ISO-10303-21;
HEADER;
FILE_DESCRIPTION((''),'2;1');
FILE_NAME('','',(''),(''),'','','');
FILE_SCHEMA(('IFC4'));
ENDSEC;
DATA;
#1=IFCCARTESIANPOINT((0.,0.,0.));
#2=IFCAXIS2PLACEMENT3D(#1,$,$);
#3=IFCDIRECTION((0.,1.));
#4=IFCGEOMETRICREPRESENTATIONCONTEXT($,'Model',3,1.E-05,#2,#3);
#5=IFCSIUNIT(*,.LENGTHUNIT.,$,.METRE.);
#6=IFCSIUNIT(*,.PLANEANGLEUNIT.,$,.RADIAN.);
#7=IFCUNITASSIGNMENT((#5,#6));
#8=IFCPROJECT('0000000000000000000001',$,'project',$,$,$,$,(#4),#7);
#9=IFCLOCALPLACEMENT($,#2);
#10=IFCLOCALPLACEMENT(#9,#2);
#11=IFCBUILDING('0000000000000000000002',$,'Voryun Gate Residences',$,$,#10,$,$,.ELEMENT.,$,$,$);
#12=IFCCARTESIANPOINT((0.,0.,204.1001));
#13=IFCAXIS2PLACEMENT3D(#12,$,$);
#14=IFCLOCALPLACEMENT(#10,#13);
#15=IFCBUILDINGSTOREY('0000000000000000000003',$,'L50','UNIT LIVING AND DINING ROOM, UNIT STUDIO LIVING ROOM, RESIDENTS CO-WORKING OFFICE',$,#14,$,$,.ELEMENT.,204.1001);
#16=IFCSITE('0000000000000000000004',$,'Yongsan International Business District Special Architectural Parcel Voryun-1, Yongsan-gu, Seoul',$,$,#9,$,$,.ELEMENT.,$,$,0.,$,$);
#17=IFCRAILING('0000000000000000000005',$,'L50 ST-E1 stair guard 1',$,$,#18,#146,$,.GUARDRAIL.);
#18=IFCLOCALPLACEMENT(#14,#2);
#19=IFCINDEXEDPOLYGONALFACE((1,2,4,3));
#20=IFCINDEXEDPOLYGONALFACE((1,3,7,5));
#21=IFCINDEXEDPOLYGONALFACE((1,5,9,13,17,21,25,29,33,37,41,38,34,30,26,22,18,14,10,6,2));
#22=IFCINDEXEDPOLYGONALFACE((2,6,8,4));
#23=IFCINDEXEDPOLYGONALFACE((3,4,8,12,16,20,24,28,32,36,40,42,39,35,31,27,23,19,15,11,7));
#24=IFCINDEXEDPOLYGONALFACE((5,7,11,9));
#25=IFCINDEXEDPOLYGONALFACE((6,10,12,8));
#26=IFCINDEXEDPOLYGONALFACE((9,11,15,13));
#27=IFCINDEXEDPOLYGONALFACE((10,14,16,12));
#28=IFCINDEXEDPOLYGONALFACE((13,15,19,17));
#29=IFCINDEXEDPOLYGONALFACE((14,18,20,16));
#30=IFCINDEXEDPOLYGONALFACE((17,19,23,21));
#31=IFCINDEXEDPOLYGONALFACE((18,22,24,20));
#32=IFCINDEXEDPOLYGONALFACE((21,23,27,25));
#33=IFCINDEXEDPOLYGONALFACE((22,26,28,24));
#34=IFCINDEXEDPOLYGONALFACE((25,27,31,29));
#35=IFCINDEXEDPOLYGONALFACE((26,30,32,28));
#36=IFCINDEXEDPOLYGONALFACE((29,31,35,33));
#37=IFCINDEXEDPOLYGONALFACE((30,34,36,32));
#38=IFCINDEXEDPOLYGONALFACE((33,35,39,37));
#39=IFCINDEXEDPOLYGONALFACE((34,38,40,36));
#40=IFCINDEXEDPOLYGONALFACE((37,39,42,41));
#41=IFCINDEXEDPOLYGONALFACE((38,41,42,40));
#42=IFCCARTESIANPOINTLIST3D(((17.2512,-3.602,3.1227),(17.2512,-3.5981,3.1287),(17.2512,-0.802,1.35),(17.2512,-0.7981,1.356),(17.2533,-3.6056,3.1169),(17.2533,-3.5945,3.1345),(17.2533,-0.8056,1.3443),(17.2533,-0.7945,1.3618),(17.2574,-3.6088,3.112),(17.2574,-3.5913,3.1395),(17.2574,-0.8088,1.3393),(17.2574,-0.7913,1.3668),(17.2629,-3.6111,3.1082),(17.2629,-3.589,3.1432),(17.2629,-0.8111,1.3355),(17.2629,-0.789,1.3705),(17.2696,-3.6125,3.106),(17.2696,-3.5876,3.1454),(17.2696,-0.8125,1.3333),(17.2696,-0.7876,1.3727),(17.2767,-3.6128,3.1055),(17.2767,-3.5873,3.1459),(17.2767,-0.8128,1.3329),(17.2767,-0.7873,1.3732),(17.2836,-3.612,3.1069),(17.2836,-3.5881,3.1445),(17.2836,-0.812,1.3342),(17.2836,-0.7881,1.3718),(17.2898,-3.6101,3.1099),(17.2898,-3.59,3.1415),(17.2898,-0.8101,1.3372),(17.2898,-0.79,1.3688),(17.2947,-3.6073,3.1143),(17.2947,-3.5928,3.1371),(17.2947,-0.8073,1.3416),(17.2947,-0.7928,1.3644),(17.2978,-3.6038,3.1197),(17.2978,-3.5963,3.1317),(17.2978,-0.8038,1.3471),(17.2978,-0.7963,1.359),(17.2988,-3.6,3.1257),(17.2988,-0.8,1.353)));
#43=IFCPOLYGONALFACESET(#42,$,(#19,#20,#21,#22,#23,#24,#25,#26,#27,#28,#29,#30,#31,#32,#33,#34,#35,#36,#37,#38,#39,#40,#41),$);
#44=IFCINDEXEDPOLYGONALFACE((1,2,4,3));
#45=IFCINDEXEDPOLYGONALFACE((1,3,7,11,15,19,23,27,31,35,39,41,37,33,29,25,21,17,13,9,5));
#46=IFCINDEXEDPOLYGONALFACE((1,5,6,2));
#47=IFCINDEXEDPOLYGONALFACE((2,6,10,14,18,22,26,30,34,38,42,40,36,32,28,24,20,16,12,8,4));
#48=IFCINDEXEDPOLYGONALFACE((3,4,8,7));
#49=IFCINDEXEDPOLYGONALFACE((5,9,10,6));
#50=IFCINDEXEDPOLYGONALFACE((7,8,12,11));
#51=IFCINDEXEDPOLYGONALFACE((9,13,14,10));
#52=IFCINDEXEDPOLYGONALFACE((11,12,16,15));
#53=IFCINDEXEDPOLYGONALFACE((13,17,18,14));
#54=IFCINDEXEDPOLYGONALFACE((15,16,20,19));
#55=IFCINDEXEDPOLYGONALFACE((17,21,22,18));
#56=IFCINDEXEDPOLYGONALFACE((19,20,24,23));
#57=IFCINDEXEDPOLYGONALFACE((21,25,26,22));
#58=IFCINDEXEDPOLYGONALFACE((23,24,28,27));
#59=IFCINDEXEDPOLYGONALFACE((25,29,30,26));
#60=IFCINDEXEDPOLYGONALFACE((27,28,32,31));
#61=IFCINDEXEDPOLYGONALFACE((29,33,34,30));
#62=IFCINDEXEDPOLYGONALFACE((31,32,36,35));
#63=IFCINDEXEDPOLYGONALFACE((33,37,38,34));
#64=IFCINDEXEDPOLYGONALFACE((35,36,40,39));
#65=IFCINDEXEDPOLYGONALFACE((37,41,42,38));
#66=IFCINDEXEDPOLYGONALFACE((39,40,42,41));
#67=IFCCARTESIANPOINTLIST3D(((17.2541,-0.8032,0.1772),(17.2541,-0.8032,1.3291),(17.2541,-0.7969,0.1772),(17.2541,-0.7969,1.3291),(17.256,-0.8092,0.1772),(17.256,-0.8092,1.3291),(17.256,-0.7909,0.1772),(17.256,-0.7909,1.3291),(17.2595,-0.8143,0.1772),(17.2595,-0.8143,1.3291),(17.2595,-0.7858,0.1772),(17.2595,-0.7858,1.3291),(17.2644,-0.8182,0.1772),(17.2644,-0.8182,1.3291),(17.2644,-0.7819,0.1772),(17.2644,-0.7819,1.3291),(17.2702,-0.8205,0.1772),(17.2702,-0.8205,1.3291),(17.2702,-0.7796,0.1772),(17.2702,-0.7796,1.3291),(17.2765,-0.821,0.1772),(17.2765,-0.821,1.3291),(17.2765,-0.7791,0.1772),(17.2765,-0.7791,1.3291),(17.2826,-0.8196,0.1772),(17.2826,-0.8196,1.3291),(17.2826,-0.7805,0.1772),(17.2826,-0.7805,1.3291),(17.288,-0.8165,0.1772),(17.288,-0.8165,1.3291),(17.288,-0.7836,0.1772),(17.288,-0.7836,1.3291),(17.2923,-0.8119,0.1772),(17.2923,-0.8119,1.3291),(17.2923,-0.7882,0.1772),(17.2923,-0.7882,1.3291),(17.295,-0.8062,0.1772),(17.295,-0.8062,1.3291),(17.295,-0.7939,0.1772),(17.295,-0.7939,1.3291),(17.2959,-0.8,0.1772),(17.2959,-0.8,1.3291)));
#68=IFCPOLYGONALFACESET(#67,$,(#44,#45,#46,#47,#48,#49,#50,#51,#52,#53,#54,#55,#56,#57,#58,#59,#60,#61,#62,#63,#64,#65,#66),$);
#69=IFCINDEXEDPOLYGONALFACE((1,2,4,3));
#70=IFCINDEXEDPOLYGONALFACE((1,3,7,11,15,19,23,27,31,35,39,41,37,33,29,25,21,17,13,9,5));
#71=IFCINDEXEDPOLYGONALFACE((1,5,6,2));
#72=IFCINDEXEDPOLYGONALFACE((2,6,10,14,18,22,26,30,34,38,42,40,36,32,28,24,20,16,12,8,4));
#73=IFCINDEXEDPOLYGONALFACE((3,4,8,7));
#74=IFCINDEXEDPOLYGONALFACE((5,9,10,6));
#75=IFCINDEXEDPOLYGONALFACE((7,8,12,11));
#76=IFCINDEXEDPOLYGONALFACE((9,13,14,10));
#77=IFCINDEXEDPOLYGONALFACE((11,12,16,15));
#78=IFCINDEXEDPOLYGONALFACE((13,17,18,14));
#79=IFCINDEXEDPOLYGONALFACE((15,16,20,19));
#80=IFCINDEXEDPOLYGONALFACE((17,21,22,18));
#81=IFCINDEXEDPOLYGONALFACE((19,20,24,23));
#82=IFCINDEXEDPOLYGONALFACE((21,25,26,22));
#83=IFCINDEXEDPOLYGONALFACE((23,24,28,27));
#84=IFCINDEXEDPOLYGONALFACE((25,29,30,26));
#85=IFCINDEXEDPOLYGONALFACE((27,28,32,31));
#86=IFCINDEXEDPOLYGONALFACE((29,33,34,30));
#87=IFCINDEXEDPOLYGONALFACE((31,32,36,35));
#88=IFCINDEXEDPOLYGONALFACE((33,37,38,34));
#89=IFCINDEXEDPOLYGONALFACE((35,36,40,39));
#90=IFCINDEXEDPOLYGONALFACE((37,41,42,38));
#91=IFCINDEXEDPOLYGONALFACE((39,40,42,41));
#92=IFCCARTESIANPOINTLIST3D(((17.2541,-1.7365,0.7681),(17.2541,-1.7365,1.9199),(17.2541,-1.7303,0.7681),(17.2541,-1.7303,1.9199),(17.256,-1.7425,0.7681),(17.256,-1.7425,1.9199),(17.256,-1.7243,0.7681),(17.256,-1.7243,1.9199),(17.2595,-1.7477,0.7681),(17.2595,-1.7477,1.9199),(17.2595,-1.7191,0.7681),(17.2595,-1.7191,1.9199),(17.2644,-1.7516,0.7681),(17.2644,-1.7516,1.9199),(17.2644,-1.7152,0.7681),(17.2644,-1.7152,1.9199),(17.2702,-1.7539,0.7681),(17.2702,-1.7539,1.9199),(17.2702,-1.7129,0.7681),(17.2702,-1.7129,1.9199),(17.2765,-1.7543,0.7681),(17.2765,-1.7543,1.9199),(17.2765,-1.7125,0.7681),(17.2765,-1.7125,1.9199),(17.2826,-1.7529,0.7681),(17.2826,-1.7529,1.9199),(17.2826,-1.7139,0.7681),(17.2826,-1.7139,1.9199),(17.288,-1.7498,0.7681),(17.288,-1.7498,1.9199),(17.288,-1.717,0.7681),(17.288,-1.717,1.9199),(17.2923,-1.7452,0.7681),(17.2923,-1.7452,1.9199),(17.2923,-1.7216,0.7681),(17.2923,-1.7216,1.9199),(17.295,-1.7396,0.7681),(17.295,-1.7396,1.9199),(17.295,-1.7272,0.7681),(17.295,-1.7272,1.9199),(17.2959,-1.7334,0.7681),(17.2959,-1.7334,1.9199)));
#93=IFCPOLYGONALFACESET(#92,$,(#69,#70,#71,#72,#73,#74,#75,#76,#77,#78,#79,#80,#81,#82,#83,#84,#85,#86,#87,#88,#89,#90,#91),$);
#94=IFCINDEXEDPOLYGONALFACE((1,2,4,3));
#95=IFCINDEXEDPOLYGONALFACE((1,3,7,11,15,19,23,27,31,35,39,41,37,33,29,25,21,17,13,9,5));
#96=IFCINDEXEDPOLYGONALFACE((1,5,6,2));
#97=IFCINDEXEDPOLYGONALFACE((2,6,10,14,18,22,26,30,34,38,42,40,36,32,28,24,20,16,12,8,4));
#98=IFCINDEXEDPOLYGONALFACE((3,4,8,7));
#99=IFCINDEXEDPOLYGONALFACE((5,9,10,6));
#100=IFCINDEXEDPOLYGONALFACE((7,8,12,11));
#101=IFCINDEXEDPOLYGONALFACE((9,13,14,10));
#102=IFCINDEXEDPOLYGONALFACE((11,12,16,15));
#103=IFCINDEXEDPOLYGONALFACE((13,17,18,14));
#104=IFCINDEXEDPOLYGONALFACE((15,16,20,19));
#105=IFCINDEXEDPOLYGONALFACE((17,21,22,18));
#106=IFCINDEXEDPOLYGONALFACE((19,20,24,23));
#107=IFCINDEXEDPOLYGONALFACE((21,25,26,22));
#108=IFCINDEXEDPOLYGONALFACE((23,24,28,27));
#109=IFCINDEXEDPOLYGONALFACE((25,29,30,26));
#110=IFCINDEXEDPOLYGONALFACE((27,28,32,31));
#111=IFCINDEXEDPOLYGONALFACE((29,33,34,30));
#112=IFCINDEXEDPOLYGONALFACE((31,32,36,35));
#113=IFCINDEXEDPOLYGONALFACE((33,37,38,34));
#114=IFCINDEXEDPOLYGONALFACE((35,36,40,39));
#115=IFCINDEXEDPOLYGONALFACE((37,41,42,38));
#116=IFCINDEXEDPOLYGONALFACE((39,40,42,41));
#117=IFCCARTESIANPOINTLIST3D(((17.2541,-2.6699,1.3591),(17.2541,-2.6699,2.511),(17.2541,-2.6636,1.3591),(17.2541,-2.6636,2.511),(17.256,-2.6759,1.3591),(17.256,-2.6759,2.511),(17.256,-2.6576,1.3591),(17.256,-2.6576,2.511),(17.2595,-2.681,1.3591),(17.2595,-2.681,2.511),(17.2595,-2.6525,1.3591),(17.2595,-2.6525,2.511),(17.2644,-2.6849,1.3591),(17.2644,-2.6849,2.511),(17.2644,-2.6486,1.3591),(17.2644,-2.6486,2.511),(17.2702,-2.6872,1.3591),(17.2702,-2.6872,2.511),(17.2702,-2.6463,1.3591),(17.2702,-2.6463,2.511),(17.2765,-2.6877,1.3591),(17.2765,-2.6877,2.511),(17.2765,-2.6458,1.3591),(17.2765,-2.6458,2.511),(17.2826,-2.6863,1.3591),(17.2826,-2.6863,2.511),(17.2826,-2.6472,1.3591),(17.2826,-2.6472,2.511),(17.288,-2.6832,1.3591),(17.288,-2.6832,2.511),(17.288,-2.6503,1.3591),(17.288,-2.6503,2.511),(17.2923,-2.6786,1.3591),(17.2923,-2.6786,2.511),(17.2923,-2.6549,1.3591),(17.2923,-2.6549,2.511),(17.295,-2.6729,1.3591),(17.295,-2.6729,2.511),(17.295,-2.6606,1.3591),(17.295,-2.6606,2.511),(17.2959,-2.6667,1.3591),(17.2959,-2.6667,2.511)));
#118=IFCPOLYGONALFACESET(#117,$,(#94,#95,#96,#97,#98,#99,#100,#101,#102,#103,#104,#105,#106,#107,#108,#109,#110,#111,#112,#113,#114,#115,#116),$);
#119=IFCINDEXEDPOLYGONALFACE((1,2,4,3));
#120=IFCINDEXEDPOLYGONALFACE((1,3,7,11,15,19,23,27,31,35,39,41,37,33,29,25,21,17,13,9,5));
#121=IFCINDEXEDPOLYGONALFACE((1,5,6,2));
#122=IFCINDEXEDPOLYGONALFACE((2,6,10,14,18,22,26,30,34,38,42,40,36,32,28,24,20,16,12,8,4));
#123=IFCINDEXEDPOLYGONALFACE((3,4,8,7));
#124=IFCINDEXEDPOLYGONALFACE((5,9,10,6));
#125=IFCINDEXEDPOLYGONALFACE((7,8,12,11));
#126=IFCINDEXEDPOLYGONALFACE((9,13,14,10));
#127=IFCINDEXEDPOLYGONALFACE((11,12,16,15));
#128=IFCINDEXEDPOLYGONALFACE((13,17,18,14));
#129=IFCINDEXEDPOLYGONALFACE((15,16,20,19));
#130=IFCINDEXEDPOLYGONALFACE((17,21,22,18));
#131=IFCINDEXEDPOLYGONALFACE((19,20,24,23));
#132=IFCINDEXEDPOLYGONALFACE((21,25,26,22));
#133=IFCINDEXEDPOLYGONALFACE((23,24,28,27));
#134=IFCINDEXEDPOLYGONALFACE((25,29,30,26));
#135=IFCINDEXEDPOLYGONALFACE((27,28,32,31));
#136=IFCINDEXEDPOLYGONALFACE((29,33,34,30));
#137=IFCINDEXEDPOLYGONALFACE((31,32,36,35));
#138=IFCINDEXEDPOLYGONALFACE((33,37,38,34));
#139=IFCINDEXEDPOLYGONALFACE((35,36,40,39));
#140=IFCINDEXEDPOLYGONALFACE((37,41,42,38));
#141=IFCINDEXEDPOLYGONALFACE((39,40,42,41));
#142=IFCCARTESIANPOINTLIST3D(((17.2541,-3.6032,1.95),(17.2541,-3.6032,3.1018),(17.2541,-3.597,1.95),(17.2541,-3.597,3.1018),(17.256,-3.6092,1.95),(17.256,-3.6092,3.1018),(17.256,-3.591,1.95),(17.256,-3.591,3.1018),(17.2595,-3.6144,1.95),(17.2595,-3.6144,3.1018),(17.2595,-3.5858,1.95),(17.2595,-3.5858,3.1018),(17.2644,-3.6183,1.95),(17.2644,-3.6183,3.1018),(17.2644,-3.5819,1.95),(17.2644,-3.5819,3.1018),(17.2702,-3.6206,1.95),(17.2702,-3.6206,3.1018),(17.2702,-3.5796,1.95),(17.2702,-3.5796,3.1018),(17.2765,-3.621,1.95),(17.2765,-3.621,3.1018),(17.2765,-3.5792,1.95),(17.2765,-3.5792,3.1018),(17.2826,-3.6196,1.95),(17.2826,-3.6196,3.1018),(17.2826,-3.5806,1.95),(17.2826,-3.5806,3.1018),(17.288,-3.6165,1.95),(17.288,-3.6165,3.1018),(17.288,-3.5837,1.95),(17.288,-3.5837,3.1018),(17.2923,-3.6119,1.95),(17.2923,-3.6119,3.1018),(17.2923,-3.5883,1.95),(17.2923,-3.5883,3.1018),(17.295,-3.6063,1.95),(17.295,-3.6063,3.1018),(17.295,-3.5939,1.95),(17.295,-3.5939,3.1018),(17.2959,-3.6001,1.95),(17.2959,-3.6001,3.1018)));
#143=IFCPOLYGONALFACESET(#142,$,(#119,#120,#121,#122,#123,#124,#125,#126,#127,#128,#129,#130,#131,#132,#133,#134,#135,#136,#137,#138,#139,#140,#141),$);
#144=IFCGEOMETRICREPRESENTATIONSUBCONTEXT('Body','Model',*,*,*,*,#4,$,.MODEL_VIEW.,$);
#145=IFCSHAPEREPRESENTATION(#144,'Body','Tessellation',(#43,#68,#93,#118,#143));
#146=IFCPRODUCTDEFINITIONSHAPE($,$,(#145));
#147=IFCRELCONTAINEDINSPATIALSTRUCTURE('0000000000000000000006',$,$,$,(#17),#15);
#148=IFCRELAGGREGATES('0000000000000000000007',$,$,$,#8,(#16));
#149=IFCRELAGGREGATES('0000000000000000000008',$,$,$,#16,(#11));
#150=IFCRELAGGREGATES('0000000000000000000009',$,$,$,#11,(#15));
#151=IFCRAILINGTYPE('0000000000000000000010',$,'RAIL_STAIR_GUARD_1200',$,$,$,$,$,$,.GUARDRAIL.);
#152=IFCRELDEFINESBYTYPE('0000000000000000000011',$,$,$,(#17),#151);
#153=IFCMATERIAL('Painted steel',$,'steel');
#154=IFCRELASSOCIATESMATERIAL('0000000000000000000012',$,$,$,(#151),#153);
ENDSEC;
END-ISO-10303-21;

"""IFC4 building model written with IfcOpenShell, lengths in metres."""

from ifc_helpers import new_model, si_unit, direction, frame, origin, origin_2d, place, context, subcontext, project, spatial, circle, extrude, material, type_object, element, save


model = new_model("IFC4")

# Units and contexts
model_context = context("Model", 3, precision=1e-05, world=origin(), true_north=direction((0.0, 1.0)))
body_context = subcontext(model_context, "Body", "Model", "MODEL_VIEW")
ifc_project = project(units=[si_unit("LENGTHUNIT", "METRE"), si_unit("PLANEANGLEUNIT", "RADIAN")], contexts=[model_context])

# Site, building, storey
site_placement = place(None, origin())
site = spatial("IfcSite", under=ifc_project, at=site_placement, Name="Yongsan International Business District Special Architectural Parcel Voryun-1, Yongsan-gu, Seoul", CompositionType="ELEMENT", RefElevation=0.0)
building_placement = place(site_placement, origin())
building = spatial("IfcBuilding", under=site, at=building_placement, Name="Voryun Gate Residences", CompositionType="ELEMENT")
storey_placement = place(building_placement, frame((0.0, 0.0, 204.1001)))
storey = spatial("IfcBuildingStorey", under=building, at=storey_placement, Name="L50", Description="UNIT LIVING AND DINING ROOM, UNIT STUDIO LIVING ROOM, RESIDENTS CO-WORKING OFFICE", CompositionType="ELEMENT", Elevation=204.1001)

# Railing
ifc_material_1 = material(Name="Painted steel", Category="steel")
railing_type_1 = type_object("IfcRailingType", Name="RAIL_STAIR_GUARD_1200", PredefinedType="GUARDRAIL", material=ifc_material_1)
railing_1_placement = place(storey_placement, frame((17.2749, -0.8, 0.1772)))
element("IfcRailing", 1, at=railing_1_placement, inside=storey, type_object=railing_type_1, Name="L50 ST-E1 stair guard 1", PredefinedType="GUARDRAIL", context=body_context, shape_type="SweptSolid", body=[
    extrude(circle(Radius=0.0239, at=origin_2d()), frame((0.0, 0.0, 1.1758), z_axis=(0.0, -0.844909, 0.53491), x_axis=(1.0, 0.0, 0.0)), (0.0, 0.0, 1.0), 3.314),
    extrude(circle(Radius=0.021, at=origin_2d()), origin(), (0.0, 0.0, 1.0), 1.1519),
    extrude(circle(Radius=0.021, at=origin_2d()), frame((0.0, -0.9333, 0.5908)), (0.0, 0.0, 1.0), 1.1519),
    extrude(circle(Radius=0.021, at=origin_2d()), frame((0.0, -1.8667, 1.1819)), (0.0, 0.0, 1.0), 1.1519),
    extrude(circle(Radius=0.021, at=origin_2d()), frame((0.0, -2.8, 1.7727)), (0.0, 0.0, 1.0), 1.1519),
])

save(model, "model.ifc")
